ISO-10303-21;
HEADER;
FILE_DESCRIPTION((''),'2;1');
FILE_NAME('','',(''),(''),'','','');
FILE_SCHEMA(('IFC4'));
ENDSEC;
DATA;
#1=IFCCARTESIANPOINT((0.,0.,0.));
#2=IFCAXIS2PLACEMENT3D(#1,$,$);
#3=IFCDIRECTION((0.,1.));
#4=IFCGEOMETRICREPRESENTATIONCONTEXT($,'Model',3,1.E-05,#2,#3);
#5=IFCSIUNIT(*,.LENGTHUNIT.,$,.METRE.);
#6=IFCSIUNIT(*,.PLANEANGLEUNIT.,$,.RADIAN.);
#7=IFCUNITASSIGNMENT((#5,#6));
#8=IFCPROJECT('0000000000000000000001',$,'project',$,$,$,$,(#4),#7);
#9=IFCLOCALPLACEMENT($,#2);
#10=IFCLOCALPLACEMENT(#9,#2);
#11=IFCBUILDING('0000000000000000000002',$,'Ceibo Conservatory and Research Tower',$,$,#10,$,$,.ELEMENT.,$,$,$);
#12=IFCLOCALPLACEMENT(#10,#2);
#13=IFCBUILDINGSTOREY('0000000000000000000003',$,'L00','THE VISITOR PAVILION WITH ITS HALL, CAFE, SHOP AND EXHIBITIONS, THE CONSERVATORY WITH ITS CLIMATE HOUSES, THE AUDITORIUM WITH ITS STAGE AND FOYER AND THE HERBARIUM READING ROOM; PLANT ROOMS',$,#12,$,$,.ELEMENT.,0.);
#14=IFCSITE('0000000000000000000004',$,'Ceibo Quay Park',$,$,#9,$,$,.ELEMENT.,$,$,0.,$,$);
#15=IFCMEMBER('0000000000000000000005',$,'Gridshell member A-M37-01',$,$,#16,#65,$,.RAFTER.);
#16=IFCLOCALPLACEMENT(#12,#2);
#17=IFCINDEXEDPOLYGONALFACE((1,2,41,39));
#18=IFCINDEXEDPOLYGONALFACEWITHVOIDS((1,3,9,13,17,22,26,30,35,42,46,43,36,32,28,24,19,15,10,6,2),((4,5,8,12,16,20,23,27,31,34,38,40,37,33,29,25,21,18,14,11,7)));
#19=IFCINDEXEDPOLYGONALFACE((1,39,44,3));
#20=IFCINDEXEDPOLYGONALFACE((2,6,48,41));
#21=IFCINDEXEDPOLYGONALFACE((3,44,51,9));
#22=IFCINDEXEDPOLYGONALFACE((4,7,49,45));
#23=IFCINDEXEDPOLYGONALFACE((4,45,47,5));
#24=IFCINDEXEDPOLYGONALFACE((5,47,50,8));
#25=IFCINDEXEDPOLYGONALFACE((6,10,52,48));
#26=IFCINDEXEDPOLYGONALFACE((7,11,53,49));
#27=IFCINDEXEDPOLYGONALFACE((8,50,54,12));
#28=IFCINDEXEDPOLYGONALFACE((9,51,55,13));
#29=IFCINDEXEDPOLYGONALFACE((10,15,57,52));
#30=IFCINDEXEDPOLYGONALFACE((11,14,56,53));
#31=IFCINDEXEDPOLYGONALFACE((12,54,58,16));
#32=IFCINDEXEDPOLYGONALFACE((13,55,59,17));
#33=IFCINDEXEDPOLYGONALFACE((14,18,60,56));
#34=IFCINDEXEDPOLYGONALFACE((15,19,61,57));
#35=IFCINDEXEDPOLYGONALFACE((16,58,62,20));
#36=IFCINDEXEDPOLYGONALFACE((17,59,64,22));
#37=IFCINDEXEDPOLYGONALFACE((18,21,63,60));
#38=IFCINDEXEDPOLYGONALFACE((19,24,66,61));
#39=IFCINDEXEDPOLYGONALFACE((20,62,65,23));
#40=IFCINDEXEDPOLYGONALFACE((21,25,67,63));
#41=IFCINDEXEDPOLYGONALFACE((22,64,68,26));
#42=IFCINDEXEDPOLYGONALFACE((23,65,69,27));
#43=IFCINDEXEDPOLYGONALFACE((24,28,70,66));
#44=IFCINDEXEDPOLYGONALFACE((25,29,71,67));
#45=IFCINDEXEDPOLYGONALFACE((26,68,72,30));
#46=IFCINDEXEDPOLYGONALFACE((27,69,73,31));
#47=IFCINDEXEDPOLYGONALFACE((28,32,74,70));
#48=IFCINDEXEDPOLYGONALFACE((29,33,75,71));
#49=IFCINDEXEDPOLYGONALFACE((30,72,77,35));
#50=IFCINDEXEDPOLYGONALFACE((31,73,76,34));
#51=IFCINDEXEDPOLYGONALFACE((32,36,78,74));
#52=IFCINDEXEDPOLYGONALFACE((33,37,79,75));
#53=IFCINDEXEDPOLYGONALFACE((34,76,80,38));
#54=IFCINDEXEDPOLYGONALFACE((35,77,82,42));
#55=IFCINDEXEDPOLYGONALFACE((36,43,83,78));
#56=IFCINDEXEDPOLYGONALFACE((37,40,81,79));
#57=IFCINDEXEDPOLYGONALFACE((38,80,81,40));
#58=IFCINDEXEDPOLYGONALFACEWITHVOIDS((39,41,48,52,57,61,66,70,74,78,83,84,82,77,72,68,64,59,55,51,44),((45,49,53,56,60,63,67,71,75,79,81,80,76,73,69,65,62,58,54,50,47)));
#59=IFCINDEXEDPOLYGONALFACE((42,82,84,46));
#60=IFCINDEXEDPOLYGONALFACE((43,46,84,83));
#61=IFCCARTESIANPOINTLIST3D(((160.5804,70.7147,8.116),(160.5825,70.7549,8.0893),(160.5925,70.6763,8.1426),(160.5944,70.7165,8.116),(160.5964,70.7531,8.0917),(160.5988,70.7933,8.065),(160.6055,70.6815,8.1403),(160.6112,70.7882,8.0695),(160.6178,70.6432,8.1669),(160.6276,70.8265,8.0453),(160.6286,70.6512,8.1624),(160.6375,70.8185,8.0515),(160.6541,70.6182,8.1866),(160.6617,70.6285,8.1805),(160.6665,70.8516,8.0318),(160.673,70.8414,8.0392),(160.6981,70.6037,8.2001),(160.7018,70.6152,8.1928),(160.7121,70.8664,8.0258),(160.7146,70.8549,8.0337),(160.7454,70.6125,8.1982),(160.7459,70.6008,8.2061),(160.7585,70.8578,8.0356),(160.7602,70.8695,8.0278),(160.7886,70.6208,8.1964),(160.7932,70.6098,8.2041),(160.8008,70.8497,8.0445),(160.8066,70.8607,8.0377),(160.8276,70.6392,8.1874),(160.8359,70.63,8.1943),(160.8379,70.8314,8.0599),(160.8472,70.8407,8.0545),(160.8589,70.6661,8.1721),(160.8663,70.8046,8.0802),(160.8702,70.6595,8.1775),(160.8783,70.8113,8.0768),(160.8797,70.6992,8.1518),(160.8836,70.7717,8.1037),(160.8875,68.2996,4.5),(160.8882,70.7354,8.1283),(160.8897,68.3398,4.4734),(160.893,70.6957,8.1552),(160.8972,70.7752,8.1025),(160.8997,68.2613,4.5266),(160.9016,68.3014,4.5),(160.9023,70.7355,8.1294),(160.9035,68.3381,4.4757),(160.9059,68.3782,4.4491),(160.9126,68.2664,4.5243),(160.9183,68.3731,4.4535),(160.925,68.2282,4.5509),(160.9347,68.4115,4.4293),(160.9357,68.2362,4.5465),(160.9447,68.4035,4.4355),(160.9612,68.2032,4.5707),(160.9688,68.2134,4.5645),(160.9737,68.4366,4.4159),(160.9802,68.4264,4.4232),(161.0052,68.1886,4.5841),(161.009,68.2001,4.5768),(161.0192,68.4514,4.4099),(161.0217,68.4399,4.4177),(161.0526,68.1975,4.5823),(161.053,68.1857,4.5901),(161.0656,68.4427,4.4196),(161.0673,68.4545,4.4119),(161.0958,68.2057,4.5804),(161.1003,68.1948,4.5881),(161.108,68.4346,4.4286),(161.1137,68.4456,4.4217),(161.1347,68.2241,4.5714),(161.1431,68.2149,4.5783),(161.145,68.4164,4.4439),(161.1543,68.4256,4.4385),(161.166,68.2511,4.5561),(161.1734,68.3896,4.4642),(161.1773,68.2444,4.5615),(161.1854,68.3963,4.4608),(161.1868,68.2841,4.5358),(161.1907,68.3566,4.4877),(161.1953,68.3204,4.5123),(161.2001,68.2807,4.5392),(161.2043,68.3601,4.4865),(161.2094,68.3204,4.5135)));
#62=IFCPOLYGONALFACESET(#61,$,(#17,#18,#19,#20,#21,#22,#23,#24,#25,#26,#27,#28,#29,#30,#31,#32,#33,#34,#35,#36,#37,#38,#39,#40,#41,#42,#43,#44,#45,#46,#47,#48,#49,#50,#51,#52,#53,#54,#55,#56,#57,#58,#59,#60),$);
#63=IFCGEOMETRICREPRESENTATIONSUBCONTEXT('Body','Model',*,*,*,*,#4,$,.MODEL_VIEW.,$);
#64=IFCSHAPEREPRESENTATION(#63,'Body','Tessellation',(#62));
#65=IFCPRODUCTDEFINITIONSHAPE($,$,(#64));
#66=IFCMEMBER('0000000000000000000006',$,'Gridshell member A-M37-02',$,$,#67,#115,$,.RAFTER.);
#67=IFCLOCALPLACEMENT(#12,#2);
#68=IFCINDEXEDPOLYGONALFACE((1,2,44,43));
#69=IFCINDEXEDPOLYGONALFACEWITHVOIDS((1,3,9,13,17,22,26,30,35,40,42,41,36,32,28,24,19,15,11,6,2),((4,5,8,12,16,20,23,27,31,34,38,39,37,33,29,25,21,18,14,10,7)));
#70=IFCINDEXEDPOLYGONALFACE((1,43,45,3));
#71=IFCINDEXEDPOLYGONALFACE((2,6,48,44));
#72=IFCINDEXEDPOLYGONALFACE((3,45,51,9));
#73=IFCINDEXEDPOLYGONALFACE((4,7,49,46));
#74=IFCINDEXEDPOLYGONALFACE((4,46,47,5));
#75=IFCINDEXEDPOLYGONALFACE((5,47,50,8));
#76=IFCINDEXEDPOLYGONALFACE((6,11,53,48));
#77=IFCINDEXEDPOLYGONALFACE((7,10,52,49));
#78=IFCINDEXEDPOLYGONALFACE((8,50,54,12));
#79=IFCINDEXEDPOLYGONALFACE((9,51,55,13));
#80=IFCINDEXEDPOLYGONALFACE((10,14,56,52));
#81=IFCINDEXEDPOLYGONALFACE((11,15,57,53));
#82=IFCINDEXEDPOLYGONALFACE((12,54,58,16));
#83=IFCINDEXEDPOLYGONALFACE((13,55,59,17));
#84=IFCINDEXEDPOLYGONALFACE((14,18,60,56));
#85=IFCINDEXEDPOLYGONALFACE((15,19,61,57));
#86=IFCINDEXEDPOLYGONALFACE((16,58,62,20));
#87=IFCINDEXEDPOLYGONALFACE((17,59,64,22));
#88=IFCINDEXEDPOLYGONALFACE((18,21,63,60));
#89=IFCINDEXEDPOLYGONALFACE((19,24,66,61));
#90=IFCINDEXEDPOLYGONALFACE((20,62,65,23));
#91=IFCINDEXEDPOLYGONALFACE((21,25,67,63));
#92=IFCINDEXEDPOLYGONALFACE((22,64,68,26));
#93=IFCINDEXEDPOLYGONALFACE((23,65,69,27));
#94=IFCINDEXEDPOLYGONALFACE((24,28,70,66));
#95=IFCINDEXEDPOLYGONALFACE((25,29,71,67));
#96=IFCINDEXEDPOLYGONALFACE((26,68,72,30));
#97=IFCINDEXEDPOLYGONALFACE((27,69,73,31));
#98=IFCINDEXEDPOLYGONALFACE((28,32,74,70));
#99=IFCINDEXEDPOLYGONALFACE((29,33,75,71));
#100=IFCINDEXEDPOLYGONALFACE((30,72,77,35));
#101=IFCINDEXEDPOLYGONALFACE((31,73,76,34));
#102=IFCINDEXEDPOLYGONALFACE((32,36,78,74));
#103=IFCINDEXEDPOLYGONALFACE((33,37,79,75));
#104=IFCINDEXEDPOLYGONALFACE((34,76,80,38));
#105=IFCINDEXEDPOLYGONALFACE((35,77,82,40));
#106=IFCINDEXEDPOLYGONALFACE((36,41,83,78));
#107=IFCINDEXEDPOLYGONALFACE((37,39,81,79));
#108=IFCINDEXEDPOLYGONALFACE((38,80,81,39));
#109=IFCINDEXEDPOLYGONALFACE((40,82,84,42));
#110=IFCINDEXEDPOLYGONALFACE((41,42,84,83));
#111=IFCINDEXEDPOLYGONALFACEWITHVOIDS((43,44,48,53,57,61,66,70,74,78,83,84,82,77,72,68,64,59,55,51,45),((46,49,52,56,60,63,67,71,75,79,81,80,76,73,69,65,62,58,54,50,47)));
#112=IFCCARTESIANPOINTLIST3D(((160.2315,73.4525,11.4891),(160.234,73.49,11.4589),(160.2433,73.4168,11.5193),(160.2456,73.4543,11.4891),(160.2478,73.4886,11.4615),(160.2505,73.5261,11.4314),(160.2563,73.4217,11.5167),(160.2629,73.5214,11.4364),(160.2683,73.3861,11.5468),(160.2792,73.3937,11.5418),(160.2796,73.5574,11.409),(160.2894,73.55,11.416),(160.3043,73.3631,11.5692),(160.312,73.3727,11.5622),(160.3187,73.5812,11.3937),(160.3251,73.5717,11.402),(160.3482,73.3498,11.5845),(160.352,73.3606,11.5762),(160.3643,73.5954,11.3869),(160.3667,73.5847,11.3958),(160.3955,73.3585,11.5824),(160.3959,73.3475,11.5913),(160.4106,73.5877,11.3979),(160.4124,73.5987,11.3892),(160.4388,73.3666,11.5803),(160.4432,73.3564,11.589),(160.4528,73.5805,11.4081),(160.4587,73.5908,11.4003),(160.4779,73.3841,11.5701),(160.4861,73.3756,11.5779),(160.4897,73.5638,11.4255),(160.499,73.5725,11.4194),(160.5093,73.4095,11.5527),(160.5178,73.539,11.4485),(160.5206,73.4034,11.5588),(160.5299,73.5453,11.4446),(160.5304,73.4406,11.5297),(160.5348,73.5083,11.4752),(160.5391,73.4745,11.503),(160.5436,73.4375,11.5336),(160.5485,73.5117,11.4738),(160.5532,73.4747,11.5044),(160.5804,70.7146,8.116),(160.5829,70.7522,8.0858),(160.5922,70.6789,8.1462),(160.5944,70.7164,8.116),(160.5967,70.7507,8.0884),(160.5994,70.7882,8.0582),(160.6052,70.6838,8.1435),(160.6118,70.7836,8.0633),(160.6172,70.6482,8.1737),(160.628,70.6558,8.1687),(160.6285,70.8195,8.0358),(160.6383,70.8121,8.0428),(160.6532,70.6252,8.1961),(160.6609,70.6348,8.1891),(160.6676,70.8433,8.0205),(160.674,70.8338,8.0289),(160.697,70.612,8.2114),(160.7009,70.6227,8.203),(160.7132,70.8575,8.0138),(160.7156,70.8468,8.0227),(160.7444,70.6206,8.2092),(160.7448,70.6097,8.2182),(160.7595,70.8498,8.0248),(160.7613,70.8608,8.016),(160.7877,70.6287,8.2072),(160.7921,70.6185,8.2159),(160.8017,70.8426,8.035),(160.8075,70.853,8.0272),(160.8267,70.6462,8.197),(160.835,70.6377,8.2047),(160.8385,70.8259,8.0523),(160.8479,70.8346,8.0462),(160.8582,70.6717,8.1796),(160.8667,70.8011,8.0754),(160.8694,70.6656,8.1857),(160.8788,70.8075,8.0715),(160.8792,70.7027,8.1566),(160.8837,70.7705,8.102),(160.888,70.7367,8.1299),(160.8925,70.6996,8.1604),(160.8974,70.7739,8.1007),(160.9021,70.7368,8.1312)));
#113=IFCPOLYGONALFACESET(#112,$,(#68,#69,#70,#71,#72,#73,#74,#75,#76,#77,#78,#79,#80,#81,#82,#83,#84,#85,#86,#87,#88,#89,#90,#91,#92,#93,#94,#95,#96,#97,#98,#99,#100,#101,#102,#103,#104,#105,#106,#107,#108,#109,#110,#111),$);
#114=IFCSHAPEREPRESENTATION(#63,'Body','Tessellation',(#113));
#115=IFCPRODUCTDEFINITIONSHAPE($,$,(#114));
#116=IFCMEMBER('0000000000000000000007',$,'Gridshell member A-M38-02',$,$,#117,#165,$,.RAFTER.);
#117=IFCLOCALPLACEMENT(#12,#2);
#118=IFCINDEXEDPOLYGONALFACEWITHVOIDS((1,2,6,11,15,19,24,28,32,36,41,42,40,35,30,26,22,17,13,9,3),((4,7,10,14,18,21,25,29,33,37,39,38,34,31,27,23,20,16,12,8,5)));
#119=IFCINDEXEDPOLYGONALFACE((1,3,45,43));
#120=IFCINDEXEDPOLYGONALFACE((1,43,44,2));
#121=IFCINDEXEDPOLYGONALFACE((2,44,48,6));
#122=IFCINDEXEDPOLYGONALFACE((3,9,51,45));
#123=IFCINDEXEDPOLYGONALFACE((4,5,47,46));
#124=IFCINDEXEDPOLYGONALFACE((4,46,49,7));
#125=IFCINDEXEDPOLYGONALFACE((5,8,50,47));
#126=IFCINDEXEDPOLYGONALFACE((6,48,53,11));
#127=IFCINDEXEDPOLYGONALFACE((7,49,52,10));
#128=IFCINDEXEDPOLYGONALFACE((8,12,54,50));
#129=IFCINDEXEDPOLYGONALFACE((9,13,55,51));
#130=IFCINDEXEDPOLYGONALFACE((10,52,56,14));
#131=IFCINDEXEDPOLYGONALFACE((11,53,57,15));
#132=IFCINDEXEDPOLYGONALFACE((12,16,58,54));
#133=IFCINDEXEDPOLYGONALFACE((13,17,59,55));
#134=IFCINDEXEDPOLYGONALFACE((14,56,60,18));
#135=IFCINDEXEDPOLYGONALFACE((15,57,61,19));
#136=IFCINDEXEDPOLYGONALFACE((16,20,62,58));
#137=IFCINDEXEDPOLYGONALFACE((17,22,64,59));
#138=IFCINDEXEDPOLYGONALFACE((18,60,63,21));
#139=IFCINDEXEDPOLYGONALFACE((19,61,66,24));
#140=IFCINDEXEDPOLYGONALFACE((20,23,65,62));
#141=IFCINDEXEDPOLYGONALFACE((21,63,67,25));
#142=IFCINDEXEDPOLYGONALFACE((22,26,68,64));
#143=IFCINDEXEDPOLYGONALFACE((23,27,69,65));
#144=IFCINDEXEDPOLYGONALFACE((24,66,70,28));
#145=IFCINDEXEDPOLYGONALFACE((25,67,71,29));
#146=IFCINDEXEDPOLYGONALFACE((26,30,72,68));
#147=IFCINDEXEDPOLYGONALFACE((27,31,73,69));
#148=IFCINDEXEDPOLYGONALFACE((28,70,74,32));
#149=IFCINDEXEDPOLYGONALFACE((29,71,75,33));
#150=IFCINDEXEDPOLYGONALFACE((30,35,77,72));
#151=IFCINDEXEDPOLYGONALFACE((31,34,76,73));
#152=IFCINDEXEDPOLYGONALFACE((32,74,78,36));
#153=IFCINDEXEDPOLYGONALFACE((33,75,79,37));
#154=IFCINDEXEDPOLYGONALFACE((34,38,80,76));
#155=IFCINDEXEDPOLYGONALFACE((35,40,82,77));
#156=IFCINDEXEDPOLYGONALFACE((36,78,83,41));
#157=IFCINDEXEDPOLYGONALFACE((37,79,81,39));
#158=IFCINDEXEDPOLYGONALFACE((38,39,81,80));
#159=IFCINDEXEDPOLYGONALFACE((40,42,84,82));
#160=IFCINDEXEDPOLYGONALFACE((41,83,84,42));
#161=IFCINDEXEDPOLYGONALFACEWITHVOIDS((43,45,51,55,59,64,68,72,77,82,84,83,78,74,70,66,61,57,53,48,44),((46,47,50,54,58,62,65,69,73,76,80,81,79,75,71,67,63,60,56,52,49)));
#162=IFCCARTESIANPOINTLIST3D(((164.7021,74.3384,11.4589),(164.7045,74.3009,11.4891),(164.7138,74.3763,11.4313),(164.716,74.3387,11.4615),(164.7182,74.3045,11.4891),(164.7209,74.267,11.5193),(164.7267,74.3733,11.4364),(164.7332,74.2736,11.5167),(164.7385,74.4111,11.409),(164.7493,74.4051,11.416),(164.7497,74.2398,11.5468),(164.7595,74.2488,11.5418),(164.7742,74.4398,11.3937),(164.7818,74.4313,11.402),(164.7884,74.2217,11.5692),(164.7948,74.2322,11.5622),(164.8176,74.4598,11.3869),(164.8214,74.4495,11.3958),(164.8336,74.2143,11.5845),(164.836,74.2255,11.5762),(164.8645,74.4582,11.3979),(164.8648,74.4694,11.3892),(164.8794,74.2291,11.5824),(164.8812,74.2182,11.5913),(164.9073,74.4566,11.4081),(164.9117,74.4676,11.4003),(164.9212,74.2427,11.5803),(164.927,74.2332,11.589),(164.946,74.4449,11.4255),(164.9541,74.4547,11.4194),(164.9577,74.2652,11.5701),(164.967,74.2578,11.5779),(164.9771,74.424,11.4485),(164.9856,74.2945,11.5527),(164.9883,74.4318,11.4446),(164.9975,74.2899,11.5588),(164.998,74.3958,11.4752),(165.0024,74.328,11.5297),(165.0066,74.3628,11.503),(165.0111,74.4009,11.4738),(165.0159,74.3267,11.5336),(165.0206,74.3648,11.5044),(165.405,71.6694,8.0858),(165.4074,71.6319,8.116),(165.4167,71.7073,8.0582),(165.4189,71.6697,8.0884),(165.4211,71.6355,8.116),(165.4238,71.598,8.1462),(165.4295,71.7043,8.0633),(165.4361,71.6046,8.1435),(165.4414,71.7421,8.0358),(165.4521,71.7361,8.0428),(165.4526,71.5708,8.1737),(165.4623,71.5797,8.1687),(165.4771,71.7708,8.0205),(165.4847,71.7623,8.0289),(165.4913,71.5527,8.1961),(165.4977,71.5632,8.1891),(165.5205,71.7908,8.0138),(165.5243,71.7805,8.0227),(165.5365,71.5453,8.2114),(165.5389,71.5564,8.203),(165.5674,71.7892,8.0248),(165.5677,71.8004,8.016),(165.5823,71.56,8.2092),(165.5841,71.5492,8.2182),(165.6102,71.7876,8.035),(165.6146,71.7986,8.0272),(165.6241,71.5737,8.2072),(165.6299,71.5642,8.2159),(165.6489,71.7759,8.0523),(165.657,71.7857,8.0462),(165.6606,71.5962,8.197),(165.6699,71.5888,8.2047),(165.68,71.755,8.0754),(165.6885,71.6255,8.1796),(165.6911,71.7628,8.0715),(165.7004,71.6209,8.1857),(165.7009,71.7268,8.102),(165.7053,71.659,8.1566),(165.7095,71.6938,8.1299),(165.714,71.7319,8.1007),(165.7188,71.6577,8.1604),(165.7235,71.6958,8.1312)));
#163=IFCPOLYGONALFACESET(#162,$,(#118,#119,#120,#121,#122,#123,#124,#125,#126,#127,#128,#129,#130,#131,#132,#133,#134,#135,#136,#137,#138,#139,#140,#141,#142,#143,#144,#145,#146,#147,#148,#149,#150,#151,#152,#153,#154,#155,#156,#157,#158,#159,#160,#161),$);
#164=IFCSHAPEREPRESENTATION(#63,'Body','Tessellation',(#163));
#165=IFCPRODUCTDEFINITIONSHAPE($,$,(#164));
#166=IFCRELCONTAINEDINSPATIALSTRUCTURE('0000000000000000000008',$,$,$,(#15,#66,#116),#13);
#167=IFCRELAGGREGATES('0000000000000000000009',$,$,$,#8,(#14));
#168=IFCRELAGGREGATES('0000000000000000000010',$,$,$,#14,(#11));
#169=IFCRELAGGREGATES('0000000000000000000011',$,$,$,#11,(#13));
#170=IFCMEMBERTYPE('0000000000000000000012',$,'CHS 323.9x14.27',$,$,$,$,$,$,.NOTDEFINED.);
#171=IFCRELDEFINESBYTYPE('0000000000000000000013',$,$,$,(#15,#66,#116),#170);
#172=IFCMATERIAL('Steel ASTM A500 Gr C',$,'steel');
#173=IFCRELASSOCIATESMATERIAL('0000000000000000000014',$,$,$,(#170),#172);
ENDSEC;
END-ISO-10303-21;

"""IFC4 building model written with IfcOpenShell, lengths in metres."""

from ifc_helpers import new_model, si_unit, direction, frame, origin, origin_2d, place, context, subcontext, project, spatial, hollow_circle, extrude, material, material_profile, profile_set, type_object, element, save


model = new_model("IFC4")

# Units and contexts
model_context = context("Model", 3, precision=1e-05, world=origin(), true_north=direction((0.0, 1.0)))
body_context = subcontext(model_context, "Body", "Model", "MODEL_VIEW")
ifc_project = project(units=[si_unit("LENGTHUNIT", "METRE"), si_unit("PLANEANGLEUNIT", "RADIAN")], contexts=[model_context])

# Site, building, storey
site_placement = place(None, origin())
site = spatial("IfcSite", under=ifc_project, at=site_placement, Name="Ceibo Quay Park", CompositionType="ELEMENT", RefElevation=0.0)
building_placement = place(site_placement, origin())
building = spatial("IfcBuilding", under=site, at=building_placement, Name="Ceibo Conservatory and Research Tower", CompositionType="ELEMENT")
storey_placement = place(building_placement, origin())
storey = spatial("IfcBuildingStorey", under=building, at=storey_placement, Name="L00", Description="THE VISITOR PAVILION WITH ITS HALL, CAFE, SHOP AND EXHIBITIONS, THE CONSERVATORY WITH ITS CLIMATE HOUSES, THE AUDITORIUM WITH ITS STAGE AND FOYER AND THE HERBARIUM READING ROOM; PLANT ROOMS", CompositionType="ELEMENT", Elevation=0.0)

# Members
ifc_material_1 = material(Name="Steel ASTM A500 Gr C", Category="steel")
ifc_material_profile_1 = material_profile(ifc_material_1, hollow_circle(Radius=0.1619, WallThickness=0.0142, at=origin_2d()), Name="CHS 323.9x14.27")
ifc_profile_set_1 = profile_set([ifc_material_profile_1], Name="Steel ASTM A500 Gr C")
member_type_1 = type_object("IfcMemberType", Name="CHS 323.9x14.27", PredefinedType="NOTDEFINED", material=ifc_profile_set_1)
member_1_placement = place(storey_placement, frame((161.0481, 68.3201, 4.5), z_axis=(-0.070457, 0.554019, 0.829517), x_axis=(-0.99201, -0.126157, 0.0)))
element("IfcMember", 1, at=member_1_placement, inside=storey, type_object=member_type_1, Name="Gridshell member A-M37-01", PredefinedType="RAFTER", context=body_context, shape_type="SweptSolid", body=[
    extrude(hollow_circle(Radius=0.1619, WallThickness=0.0142, at=origin_2d()), origin(), (0.0, 0.0, 1.0), 4.3591),
])
for number, where, z_axis, x_axis, name in (
    (2, (160.741, 70.7351, 8.116), (-0.080049, 0.628181, 0.773939), (-0.991978, -0.126408, 0.0), "Gridshell member A-M37-02"),
    (3, (165.564, 71.6731, 8.116), (-0.161274, 0.612383, 0.773937), (-0.967028, -0.254672, 0.0), "Gridshell member A-M38-02"),
):
    element("IfcMember", number, at=place(storey_placement, frame(where, z_axis=z_axis, x_axis=x_axis)), inside=storey, type_object=member_type_1, Name=name, PredefinedType="RAFTER", context=body_context, shape_type="SweptSolid", body=[
        extrude(hollow_circle(Radius=0.1619, WallThickness=0.0142, at=origin_2d()), origin(), (0.0, 0.0, 1.0), 4.3584),
    ])

save(model, "model.ifc")
